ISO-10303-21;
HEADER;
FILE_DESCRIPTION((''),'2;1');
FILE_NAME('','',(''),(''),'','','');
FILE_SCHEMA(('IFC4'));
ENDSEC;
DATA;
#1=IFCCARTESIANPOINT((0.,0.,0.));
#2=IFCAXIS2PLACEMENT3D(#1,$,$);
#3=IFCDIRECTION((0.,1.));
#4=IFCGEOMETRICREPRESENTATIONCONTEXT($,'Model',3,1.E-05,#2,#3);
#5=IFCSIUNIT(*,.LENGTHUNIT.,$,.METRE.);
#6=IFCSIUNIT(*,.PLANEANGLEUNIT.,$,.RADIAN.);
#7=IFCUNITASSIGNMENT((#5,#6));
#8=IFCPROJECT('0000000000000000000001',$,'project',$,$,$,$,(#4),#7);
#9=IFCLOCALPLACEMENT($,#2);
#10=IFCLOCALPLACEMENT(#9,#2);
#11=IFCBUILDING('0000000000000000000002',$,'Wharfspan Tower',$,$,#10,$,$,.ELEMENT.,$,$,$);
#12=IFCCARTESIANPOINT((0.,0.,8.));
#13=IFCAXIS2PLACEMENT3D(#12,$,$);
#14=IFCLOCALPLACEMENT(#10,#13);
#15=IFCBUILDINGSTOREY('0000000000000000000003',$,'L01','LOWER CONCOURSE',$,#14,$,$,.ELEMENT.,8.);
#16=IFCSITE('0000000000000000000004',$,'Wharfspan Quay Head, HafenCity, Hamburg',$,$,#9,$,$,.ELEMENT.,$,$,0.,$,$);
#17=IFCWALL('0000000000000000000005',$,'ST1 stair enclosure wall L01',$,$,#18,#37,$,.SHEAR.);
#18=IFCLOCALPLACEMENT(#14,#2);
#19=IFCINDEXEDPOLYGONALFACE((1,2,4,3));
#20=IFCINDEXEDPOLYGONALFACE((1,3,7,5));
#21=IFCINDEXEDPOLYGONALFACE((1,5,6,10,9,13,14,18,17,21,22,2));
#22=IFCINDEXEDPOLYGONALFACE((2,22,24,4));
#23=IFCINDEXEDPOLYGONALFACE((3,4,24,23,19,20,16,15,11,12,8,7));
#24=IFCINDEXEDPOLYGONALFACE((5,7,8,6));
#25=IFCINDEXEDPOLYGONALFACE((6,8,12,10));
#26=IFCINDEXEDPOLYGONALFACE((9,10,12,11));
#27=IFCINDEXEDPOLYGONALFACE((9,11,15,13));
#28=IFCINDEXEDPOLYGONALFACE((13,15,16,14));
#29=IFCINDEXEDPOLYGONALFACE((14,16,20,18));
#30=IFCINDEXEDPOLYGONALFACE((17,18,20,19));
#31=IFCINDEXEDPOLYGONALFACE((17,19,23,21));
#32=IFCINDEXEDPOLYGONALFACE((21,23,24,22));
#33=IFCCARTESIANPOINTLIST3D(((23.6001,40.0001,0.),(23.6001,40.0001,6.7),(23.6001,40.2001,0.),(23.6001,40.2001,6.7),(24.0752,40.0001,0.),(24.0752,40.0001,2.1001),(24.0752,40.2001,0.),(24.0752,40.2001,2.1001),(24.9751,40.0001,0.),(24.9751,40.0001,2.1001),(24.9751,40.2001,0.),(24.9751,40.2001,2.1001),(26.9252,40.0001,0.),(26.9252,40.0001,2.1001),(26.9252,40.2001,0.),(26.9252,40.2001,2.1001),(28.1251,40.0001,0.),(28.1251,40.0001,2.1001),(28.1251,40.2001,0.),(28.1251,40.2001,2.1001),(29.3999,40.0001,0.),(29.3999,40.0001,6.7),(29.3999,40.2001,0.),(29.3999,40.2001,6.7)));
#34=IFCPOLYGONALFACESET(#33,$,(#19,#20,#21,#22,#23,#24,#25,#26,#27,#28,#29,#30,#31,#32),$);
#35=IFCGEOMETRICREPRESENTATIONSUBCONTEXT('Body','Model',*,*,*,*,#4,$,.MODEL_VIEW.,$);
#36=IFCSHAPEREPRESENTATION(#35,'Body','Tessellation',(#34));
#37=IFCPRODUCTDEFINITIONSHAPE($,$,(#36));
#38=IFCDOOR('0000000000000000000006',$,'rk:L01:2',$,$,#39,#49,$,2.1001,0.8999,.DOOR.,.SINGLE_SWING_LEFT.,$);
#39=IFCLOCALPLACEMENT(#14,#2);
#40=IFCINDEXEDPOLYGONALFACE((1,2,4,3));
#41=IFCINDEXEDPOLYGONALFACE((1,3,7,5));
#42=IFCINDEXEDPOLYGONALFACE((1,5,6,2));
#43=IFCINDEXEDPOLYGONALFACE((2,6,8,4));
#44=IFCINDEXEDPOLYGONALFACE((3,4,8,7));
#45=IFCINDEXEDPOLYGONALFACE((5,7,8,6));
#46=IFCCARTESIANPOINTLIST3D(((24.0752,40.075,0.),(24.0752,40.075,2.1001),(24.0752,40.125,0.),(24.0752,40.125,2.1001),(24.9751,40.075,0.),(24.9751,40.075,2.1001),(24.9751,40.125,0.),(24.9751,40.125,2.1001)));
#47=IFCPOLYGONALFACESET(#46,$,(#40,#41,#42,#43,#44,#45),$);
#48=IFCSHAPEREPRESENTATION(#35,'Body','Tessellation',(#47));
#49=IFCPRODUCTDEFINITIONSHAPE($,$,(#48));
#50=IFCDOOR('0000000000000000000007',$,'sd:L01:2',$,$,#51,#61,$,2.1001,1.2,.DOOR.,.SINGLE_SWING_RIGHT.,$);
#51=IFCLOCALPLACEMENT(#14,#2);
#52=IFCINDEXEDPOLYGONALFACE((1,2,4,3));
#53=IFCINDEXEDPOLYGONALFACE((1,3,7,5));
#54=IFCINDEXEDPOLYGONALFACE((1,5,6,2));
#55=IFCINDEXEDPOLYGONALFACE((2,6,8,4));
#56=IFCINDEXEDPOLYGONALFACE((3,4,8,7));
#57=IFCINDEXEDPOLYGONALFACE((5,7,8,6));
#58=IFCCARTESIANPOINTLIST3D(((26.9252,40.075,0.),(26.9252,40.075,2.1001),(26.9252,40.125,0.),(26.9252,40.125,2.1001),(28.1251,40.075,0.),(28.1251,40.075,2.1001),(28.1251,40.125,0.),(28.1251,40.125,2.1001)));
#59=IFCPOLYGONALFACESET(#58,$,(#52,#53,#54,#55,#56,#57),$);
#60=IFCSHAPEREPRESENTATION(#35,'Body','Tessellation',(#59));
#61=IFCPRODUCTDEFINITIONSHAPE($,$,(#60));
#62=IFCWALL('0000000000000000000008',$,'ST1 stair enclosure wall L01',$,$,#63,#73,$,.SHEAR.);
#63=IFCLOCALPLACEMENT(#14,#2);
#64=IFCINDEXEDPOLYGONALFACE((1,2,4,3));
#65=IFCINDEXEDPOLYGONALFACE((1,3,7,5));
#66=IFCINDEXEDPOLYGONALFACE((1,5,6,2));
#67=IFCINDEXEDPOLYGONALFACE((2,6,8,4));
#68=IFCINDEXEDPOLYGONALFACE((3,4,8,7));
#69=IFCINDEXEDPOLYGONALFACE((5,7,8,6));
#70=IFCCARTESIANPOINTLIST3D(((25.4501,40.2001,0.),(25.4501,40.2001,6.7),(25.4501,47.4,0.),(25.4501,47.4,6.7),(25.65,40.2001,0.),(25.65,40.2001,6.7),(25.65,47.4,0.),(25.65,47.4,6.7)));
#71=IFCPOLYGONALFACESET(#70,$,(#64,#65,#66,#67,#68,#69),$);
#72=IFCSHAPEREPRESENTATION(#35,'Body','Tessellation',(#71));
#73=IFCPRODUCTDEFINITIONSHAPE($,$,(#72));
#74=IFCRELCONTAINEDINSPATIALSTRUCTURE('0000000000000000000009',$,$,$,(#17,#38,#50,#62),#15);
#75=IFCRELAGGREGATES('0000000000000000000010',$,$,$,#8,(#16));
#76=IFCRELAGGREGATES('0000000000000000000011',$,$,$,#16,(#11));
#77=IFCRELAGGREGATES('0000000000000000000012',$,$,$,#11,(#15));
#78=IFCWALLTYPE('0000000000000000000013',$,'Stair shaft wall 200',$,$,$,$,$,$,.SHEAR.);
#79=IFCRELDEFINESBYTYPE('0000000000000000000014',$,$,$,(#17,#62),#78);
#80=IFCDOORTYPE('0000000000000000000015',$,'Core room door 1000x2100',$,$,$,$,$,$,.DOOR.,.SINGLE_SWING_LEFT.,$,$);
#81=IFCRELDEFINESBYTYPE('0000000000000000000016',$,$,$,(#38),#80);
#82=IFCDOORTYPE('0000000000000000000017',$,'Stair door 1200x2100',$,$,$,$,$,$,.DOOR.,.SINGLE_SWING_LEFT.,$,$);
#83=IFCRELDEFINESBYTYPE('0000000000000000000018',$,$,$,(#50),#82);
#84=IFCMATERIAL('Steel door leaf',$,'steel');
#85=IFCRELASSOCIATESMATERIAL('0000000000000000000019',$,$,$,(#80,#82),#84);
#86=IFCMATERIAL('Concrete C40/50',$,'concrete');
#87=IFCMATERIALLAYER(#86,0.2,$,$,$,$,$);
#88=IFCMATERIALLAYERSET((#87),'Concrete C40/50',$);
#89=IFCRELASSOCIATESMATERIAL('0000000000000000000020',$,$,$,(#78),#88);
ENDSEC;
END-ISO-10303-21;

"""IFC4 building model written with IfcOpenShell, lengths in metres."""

from ifc_helpers import new_model, si_unit, direction, frame, frame_2d, origin, place, context, subcontext, project, spatial, rectangle, extrude, material, layer, layer_set, type_object, element, fill, save


model = new_model("IFC4")

# Units and contexts
model_context = context("Model", 3, precision=1e-05, world=origin(), true_north=direction((0.0, 1.0)))
body_context = subcontext(model_context, "Body", "Model", "MODEL_VIEW")
ifc_project = project(units=[si_unit("LENGTHUNIT", "METRE"), si_unit("PLANEANGLEUNIT", "RADIAN")], contexts=[model_context])

# Site, building, storey
site_placement = place(None, origin())
site = spatial("IfcSite", under=ifc_project, at=site_placement, Name="Wharfspan Quay Head, HafenCity, Hamburg", CompositionType="ELEMENT", RefElevation=0.0)
building_placement = place(site_placement, origin())
building = spatial("IfcBuilding", under=site, at=building_placement, Name="Wharfspan Tower", CompositionType="ELEMENT")
storey_placement = place(building_placement, frame((0.0, 0.0, 8.0)))
storey = spatial("IfcBuildingStorey", under=building, at=storey_placement, Name="L01", Description="LOWER CONCOURSE", CompositionType="ELEMENT", Elevation=8.0)

# Shared definitions
ifc_material_1 = material(Name="Steel door leaf", Category="steel")
door_type_1 = type_object("IfcDoorType", Name="Core room door 1000x2100", OperationType="SINGLE_SWING_LEFT", PredefinedType="DOOR", material=ifc_material_1)

# Wall, openings, doors
ifc_material_2 = material(Name="Concrete C40/50", Category="concrete")
ifc_layer_1 = layer(ifc_material_2, 0.2)
ifc_layer_set_1 = layer_set([ifc_layer_1], Name="Concrete C40/50")
wall_type_1 = type_object("IfcWallType", Name="Stair shaft wall 200", PredefinedType="SHEAR", material=ifc_layer_set_1)
wall_1_placement = place(storey_placement, frame((23.6001, 40.1001, 0.0), z_axis=(0.0, 0.0, 1.0), x_axis=(1.0, 0.0, 0.0)))
wall_1 = element("IfcWall", 1, at=wall_1_placement, inside=storey, type_object=wall_type_1, Name="ST1 stair enclosure wall L01", PredefinedType="SHEAR", context=body_context, shape_type="SweptSolid", body=[
    extrude(rectangle(XDim=5.7998, YDim=0.2, at=frame_2d((2.8999, 0.0))), origin(), (0.0, 0.0, 1.0), 6.7),
])
opening_1_placement = place(wall_1_placement, frame((3.325, 0.0, 0.0)))
opening_1 = element("IfcOpeningElement", 2, at=opening_1_placement, cuts=wall_1, PredefinedType="OPENING", context=body_context, shape_type="SweptSolid", body=[
    extrude(rectangle(XDim=1.2, YDim=2.1001, at=frame_2d((0.6001, 1.05))), frame((0.0, 0.1099, 0.0), z_axis=(0.0, -1.0, 0.0), x_axis=(1.0, 0.0, 0.0)), (0.0, 0.0, 1.0), 0.22),
])
opening_2_placement = place(wall_1_placement, frame((0.4751, 0.0, 0.0)))
opening_2 = element("IfcOpeningElement", 3, at=opening_2_placement, cuts=wall_1, PredefinedType="OPENING", context=body_context, shape_type="SweptSolid", body=[
    extrude(rectangle(XDim=0.8999, YDim=2.1001, at=frame_2d((0.45, 1.05))), frame((0.0, 0.1099, 0.0), z_axis=(0.0, -1.0, 0.0), x_axis=(1.0, 0.0, 0.0)), (0.0, 0.0, 1.0), 0.22),
])
door_1_placement = place(opening_2_placement, origin())
door_1 = element("IfcDoor", 4, at=door_1_placement, inside=storey, type_object=door_type_1, Name="rk:L01:2", OperationType="SINGLE_SWING_LEFT", OverallHeight=2.1001, OverallWidth=0.8999, PredefinedType="DOOR", context=body_context, shape_type="SweptSolid", body=[
    extrude(rectangle(XDim=0.8999, YDim=2.1001, at=frame_2d((0.45, 1.05))), frame((0.0, 0.0249, 0.0), z_axis=(0.0, -1.0, 0.0), x_axis=(1.0, 0.0, 0.0)), (0.0, 0.0, 1.0), 0.05),
])
fill(opening_2, door_1)
door_type_2 = type_object("IfcDoorType", Name="Stair door 1200x2100", OperationType="SINGLE_SWING_LEFT", PredefinedType="DOOR", material=ifc_material_1)
door_2_placement = place(opening_1_placement, origin())
door_2 = element("IfcDoor", 5, at=door_2_placement, inside=storey, type_object=door_type_2, Name="sd:L01:2", OperationType="SINGLE_SWING_RIGHT", OverallHeight=2.1001, OverallWidth=1.2, PredefinedType="DOOR", context=body_context, shape_type="SweptSolid", body=[
    extrude(rectangle(XDim=1.2, YDim=2.1001, at=frame_2d((0.6001, 1.05))), frame((0.0, 0.0249, 0.0), z_axis=(0.0, -1.0, 0.0), x_axis=(1.0, 0.0, 0.0)), (0.0, 0.0, 1.0), 0.05),
])
fill(opening_1, door_2)

# Wall
wall_2_placement = place(storey_placement, frame((25.55, 40.2, 0.0), z_axis=(0.0, 0.0, 1.0), x_axis=(0.0, 1.0, 0.0)))
element("IfcWall", 6, at=wall_2_placement, inside=storey, type_object=wall_type_1, Name="ST1 stair enclosure wall L01", PredefinedType="SHEAR", context=body_context, shape_type="SweptSolid", body=[
    extrude(rectangle(XDim=7.2, YDim=0.2, at=frame_2d((3.6001, 0.0))), origin(), (0.0, 0.0, 1.0), 6.7),
])

save(model, "model.ifc")
